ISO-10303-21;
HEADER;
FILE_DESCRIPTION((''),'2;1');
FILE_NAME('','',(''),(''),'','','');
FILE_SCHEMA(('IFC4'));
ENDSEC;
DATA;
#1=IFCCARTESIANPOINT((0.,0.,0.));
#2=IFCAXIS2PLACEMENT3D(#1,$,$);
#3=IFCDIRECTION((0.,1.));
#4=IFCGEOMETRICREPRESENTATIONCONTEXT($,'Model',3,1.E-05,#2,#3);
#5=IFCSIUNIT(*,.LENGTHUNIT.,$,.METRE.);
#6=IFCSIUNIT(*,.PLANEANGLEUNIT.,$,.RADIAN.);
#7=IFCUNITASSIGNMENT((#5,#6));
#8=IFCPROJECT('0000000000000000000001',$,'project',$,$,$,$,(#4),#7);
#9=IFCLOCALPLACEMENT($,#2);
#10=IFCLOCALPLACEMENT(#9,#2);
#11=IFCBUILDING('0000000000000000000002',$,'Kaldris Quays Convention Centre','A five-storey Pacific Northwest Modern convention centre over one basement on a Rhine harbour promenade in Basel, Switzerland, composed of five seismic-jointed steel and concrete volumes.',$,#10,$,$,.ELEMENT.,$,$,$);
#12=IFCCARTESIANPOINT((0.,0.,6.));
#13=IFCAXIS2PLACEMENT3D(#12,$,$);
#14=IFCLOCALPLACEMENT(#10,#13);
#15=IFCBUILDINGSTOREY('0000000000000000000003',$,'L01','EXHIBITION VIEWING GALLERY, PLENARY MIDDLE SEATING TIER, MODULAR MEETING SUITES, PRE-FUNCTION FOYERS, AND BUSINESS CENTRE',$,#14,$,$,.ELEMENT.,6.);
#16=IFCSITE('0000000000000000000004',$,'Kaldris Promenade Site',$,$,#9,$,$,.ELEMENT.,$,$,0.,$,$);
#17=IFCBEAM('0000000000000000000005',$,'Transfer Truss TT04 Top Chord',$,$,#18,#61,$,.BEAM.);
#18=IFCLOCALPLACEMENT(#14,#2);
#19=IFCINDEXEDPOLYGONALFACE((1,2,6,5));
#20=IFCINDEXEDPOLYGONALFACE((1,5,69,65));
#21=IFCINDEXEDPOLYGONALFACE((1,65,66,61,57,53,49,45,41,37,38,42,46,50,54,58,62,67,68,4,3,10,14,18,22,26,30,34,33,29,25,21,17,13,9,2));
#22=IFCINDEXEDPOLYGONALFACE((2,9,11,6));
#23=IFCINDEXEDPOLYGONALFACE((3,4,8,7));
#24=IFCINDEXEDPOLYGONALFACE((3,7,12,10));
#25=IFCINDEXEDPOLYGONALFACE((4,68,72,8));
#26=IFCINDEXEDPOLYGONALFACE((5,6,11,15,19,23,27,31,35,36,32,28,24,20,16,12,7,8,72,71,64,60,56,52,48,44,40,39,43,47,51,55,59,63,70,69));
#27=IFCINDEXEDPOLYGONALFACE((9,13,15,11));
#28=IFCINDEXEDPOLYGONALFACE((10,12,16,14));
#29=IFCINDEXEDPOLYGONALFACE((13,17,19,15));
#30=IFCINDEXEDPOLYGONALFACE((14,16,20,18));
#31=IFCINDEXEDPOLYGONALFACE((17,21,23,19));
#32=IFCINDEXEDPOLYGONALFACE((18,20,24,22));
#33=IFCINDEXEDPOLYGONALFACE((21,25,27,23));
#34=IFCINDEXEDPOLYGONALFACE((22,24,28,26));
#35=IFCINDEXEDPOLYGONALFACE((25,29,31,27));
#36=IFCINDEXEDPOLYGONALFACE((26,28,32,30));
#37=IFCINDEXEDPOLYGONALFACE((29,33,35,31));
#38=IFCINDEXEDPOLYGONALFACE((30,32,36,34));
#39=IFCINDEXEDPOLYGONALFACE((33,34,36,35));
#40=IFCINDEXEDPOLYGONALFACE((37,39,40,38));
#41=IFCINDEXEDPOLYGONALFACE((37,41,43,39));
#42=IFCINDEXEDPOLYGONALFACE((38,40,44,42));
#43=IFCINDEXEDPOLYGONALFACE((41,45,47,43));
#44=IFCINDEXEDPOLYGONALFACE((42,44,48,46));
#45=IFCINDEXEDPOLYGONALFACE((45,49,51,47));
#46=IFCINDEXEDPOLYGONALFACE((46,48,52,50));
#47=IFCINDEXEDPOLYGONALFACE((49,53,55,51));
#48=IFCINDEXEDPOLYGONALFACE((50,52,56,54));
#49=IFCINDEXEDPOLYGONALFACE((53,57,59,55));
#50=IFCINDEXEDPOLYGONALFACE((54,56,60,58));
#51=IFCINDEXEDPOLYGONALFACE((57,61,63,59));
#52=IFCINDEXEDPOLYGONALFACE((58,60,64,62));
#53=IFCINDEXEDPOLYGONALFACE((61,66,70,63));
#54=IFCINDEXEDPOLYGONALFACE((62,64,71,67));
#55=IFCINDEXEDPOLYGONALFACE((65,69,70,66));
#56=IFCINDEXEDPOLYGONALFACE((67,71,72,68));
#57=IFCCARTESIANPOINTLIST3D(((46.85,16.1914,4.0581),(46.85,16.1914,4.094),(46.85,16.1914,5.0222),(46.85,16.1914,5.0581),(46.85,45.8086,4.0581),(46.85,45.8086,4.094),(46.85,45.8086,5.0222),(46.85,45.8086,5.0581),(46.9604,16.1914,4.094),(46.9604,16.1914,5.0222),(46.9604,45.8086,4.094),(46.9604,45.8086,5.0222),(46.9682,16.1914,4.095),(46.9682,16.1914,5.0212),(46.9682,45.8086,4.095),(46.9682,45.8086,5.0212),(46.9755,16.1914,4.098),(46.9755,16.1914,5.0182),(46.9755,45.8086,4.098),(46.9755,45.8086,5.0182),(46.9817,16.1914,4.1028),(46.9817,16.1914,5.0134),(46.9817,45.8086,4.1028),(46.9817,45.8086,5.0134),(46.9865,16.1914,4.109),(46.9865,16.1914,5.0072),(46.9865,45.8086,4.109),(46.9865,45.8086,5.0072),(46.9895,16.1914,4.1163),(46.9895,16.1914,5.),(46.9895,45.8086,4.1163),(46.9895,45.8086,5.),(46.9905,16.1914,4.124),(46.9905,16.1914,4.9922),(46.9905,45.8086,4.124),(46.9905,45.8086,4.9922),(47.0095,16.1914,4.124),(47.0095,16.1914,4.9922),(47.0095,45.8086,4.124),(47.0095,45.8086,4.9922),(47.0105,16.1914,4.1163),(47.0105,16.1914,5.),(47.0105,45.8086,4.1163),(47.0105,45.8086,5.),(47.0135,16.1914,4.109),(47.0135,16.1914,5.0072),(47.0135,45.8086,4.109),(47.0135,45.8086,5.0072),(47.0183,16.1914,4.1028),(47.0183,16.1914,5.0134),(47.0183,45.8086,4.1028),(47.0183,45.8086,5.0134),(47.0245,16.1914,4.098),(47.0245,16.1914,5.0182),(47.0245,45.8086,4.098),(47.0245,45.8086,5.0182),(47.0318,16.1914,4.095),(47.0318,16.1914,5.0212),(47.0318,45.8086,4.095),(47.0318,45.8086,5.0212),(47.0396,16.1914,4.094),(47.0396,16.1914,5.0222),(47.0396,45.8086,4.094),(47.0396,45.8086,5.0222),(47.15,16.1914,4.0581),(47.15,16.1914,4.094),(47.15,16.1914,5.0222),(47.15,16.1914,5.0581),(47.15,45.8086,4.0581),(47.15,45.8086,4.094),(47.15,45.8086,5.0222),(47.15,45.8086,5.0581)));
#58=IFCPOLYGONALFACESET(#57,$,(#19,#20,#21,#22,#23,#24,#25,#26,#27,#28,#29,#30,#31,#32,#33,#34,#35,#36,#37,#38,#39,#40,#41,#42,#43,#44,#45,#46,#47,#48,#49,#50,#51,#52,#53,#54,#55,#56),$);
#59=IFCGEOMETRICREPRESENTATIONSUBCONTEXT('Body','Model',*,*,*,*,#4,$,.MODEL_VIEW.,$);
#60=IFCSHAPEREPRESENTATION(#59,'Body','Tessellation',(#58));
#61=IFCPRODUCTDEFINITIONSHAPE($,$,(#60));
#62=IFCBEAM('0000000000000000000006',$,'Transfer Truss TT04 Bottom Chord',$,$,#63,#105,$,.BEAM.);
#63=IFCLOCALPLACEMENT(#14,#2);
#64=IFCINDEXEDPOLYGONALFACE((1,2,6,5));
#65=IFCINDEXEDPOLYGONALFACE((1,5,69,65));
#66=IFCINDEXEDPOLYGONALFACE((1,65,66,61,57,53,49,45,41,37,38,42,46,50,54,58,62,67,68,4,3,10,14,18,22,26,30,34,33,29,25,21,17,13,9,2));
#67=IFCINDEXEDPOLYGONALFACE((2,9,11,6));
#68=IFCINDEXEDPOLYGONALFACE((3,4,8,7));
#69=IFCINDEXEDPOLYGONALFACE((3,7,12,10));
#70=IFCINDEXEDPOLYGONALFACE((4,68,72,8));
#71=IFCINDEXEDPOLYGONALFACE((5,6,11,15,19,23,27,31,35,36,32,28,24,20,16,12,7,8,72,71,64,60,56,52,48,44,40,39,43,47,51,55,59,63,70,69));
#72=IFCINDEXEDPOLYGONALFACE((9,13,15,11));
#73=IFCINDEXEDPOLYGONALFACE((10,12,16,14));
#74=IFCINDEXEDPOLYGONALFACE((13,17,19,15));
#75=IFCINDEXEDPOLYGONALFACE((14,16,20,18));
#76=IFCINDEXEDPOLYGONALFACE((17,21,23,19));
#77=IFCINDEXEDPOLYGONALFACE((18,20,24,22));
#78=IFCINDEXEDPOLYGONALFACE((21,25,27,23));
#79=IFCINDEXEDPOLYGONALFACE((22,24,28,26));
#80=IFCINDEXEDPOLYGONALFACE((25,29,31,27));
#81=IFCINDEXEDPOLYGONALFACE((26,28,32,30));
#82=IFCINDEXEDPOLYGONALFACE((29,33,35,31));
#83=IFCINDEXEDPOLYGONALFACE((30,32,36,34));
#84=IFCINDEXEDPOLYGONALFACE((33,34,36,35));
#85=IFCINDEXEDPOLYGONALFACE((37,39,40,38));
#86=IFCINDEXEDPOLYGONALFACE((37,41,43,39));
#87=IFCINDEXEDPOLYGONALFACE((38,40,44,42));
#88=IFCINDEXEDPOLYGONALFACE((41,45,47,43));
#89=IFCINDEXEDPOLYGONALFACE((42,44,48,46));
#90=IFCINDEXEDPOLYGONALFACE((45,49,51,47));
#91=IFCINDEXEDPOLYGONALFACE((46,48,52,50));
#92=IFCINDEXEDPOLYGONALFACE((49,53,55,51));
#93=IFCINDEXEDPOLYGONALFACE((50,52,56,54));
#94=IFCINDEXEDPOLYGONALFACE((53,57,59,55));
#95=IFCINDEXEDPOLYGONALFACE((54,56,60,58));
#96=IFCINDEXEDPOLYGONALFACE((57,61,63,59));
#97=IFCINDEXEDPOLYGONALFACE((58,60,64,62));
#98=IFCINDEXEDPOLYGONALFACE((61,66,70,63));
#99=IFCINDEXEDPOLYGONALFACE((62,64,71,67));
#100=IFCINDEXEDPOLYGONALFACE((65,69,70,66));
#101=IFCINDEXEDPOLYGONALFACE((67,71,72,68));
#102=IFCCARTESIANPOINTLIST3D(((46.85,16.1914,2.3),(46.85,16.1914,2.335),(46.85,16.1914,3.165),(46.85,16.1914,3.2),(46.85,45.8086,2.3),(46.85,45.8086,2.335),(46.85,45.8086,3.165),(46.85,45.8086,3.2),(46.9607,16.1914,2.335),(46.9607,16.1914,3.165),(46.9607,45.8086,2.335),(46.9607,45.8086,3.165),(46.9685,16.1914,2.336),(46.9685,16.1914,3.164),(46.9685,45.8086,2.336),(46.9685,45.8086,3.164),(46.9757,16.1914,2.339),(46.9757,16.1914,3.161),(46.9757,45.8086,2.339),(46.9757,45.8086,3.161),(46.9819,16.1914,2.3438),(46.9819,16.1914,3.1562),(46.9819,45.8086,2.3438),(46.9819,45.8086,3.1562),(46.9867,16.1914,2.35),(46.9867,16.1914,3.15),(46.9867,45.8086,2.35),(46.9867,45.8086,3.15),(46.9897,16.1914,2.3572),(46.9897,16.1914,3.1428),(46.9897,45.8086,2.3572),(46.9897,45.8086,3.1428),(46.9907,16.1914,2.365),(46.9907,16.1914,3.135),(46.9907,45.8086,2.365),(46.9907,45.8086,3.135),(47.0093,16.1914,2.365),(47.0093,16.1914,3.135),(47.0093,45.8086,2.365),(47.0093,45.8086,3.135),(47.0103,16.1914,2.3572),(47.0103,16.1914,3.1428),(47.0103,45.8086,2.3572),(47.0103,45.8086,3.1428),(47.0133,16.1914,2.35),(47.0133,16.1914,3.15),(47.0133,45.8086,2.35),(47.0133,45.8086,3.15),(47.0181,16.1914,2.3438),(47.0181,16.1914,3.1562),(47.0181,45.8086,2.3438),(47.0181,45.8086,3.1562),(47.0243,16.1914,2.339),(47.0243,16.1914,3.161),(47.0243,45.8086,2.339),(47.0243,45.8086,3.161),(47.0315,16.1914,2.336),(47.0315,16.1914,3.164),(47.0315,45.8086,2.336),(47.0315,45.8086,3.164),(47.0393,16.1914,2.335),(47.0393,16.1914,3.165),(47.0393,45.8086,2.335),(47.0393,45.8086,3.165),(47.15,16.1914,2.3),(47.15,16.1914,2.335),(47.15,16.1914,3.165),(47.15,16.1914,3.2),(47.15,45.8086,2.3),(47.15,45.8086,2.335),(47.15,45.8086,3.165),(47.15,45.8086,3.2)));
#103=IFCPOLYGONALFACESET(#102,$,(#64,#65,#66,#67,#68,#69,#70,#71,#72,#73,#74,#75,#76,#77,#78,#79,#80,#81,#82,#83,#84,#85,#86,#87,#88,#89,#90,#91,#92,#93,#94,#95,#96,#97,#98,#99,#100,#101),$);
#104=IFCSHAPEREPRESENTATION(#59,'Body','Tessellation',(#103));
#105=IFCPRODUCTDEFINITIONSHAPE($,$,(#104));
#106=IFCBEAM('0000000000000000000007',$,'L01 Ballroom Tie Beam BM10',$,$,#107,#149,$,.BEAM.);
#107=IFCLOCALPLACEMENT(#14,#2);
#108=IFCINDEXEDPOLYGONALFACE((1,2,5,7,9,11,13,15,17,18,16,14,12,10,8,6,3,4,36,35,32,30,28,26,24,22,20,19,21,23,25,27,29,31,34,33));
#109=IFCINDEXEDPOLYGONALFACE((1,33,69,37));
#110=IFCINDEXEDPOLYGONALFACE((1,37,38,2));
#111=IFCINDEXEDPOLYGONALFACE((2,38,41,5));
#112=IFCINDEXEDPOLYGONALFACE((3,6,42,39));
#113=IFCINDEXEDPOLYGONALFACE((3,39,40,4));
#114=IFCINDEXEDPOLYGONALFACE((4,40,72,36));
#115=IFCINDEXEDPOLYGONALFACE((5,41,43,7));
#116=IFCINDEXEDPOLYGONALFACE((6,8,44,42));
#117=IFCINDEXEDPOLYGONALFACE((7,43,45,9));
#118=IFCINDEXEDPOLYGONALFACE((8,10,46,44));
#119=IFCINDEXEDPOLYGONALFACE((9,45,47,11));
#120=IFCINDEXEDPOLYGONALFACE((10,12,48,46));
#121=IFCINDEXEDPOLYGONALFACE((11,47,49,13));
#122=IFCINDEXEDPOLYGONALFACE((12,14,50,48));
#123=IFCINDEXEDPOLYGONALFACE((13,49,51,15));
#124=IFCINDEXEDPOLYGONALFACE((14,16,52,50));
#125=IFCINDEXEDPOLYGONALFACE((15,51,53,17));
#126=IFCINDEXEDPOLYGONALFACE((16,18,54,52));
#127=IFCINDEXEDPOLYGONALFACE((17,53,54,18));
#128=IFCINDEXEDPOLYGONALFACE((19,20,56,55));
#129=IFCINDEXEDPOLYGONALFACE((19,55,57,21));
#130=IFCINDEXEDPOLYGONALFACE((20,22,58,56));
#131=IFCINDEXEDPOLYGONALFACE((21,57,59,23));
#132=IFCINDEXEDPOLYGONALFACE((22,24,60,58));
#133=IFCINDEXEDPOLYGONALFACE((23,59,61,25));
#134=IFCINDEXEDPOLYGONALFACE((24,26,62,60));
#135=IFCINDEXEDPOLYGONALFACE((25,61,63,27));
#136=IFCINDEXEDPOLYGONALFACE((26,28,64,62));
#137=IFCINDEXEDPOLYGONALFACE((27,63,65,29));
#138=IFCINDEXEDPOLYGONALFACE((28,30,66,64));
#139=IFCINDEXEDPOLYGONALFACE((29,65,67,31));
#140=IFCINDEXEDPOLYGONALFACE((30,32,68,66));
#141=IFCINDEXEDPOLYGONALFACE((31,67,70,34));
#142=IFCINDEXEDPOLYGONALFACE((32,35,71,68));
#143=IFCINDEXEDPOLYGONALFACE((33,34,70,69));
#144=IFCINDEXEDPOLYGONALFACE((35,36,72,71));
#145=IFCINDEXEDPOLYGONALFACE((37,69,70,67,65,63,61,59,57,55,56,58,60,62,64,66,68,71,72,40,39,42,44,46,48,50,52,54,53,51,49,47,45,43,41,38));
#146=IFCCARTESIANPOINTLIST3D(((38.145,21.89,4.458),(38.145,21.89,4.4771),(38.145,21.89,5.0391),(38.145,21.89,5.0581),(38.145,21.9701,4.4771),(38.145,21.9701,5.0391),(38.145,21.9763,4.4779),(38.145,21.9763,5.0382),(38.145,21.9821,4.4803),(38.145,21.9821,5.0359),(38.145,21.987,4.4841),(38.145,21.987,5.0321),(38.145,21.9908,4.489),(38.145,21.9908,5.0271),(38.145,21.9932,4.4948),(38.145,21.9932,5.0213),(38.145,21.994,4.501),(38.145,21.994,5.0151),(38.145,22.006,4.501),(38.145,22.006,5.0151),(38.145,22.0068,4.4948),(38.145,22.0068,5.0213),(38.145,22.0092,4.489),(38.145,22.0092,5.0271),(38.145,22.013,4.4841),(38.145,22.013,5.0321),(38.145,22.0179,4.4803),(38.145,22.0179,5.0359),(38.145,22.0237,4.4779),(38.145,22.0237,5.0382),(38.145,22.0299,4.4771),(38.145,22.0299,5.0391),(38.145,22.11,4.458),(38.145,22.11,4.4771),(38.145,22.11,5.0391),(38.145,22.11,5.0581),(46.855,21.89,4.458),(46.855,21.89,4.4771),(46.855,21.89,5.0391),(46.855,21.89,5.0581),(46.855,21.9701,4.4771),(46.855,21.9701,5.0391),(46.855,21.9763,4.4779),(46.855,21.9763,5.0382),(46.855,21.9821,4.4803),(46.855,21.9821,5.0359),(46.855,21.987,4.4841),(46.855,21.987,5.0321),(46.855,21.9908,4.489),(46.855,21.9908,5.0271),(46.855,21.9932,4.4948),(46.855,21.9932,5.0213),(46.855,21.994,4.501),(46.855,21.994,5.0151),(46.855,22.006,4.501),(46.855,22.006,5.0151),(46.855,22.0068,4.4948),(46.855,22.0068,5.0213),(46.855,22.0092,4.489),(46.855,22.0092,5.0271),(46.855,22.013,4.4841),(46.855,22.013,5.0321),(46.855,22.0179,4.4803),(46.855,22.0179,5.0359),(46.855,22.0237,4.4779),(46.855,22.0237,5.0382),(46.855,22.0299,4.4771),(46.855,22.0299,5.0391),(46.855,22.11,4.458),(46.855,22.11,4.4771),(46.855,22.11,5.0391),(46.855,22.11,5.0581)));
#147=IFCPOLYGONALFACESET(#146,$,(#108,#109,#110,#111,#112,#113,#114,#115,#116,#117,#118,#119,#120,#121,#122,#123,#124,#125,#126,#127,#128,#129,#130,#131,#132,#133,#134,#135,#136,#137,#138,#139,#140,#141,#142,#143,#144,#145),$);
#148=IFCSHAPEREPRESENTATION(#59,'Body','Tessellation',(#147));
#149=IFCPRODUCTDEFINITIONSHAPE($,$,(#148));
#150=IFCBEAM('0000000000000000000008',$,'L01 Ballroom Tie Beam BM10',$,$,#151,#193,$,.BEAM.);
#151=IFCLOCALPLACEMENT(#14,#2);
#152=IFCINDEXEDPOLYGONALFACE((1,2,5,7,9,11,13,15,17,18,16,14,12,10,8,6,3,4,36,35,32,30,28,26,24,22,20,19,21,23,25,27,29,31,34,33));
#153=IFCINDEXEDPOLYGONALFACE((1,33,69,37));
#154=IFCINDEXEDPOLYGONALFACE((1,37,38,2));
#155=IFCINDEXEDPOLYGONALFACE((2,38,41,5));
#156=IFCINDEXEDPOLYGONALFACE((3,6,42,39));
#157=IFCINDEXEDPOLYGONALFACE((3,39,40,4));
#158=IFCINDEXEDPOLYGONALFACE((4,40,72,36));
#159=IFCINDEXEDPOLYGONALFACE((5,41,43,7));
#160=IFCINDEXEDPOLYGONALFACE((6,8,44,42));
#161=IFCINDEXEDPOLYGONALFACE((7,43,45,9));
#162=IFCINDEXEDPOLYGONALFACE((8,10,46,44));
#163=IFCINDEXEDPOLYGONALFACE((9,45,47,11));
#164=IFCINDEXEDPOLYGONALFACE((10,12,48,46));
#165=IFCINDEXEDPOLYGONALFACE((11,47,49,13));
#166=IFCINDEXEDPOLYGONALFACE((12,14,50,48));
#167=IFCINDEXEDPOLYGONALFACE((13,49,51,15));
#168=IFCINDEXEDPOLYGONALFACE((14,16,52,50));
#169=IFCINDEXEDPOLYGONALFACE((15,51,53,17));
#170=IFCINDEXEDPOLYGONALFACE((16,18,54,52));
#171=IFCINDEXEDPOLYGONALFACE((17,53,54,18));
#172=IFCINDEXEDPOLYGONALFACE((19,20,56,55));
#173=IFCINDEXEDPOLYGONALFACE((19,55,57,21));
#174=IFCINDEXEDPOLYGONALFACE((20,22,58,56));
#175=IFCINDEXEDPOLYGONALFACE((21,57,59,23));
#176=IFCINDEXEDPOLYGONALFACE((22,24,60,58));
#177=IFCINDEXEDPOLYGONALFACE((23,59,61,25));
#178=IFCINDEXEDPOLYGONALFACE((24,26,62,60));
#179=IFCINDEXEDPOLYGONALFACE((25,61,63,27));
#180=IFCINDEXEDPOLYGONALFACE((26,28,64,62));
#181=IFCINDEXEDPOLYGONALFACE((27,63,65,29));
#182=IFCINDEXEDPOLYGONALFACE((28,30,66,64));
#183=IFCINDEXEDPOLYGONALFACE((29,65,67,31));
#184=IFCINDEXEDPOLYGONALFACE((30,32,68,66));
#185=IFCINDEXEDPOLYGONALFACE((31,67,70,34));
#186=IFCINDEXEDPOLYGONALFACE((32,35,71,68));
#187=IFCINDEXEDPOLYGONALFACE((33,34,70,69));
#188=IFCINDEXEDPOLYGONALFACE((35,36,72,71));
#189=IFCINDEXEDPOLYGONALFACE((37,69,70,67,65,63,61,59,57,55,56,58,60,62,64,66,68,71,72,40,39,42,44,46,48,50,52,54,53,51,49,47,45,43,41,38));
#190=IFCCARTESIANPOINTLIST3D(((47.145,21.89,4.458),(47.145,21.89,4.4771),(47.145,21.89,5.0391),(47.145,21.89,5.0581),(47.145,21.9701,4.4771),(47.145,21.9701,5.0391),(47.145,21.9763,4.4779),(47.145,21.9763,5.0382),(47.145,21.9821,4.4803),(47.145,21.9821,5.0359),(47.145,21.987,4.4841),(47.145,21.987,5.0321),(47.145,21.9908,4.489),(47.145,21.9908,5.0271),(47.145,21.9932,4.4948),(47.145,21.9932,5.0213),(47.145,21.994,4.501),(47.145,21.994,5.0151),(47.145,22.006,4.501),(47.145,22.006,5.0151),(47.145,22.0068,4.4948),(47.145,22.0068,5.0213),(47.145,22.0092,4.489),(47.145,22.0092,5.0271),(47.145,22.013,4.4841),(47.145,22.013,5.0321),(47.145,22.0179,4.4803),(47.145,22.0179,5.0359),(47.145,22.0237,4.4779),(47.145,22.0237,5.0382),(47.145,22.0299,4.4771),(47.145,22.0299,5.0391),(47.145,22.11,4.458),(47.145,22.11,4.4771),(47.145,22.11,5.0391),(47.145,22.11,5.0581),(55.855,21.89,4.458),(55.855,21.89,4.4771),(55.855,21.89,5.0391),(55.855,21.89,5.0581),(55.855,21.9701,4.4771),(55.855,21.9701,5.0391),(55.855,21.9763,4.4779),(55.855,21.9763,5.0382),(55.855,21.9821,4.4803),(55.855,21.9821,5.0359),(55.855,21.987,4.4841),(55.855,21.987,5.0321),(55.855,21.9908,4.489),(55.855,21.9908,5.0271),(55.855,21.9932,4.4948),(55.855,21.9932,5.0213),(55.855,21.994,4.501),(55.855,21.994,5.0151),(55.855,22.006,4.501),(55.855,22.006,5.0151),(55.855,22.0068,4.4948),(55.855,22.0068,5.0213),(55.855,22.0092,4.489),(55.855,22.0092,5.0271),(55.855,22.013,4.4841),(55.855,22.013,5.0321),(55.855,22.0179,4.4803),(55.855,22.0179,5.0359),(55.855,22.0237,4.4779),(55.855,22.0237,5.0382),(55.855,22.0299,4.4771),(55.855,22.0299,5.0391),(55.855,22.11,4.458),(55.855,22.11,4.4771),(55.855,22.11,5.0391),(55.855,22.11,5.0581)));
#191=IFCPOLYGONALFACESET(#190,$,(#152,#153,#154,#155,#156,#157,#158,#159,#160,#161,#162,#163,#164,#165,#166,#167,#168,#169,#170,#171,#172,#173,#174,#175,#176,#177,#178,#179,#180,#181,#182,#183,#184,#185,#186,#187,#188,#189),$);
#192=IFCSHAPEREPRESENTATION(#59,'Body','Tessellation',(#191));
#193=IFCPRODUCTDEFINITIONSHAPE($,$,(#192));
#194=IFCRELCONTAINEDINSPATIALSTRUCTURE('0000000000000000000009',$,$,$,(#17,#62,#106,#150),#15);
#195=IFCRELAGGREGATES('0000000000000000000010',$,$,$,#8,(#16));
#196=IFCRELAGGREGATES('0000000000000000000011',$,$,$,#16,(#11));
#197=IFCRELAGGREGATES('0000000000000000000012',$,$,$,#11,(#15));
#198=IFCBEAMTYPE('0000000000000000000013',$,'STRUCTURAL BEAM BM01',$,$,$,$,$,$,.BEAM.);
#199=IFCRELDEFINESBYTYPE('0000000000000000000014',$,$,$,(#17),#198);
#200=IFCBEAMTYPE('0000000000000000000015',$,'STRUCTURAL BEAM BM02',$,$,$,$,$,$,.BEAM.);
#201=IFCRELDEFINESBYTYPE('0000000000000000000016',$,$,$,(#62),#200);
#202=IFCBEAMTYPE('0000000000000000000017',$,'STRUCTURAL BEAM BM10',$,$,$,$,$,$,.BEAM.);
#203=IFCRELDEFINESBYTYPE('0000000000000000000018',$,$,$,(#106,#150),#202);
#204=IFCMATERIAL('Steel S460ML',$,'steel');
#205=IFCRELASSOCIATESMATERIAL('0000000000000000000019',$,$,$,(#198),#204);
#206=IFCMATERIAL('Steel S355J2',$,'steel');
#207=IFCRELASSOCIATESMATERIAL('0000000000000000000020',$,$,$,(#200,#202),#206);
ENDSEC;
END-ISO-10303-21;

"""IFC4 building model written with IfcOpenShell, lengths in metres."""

from ifc_helpers import new_model, si_unit, direction, frame, origin, origin_2d, place, context, subcontext, project, spatial, i_section, extrude, material, material_profile, profile_set, type_object, element, save


model = new_model("IFC4")

# Units and contexts
model_context = context("Model", 3, precision=1e-05, world=origin(), true_north=direction((0.0, 1.0)))
body_context = subcontext(model_context, "Body", "Model", "MODEL_VIEW")
ifc_project = project(units=[si_unit("LENGTHUNIT", "METRE"), si_unit("PLANEANGLEUNIT", "RADIAN")], contexts=[model_context])

# Site, building, storey
site_placement = place(None, origin())
site = spatial("IfcSite", under=ifc_project, at=site_placement, Name="Kaldris Promenade Site", CompositionType="ELEMENT", RefElevation=0.0)
building_placement = place(site_placement, origin())
building = spatial("IfcBuilding", under=site, at=building_placement, Name="Kaldris Quays Convention Centre", Description="A five-storey Pacific Northwest Modern convention centre over one basement on a Rhine harbour promenade in Basel, Switzerland, composed of five seismic-jointed steel and concrete volumes.", CompositionType="ELEMENT")
storey_placement = place(building_placement, frame((0.0, 0.0, 6.0)))
storey = spatial("IfcBuildingStorey", under=building, at=storey_placement, Name="L01", Description="EXHIBITION VIEWING GALLERY, PLENARY MIDDLE SEATING TIER, MODULAR MEETING SUITES, PRE-FUNCTION FOYERS, AND BUSINESS CENTRE", CompositionType="ELEMENT", Elevation=6.0)

# Beams
ifc_material_1 = material(Name="Steel S460ML", Category="steel")
ifc_material_profile_1 = material_profile(ifc_material_1, i_section(OverallWidth=0.3, OverallDepth=1.0, WebThickness=0.019, FlangeThickness=0.0359, FilletRadius=0.03, at=origin_2d()), Name="HEB 1000")
ifc_profile_set_1 = profile_set([ifc_material_profile_1], Name="Steel S460ML")
beam_type_1 = type_object("IfcBeamType", Name="STRUCTURAL BEAM BM01", PredefinedType="BEAM", material=ifc_profile_set_1)
beam_1_placement = place(storey_placement, frame((47.0, 16.1914, 4.5581), z_axis=(0.0, 1.0, 0.0), x_axis=(-1.0, 0.0, 0.0)))
element("IfcBeam", 1, at=beam_1_placement, inside=storey, type_object=beam_type_1, Name="Transfer Truss TT04 Top Chord", PredefinedType="BEAM", context=body_context, shape_type="SweptSolid", body=[
    extrude(i_section(OverallWidth=0.3, OverallDepth=1.0, WebThickness=0.019, FlangeThickness=0.0359, FilletRadius=0.03, at=origin_2d()), origin(), (0.0, 0.0, 1.0), 29.6172),
])
ifc_material_2 = material(Name="Steel S355J2", Category="steel")
ifc_material_profile_2 = material_profile(ifc_material_2, i_section(OverallWidth=0.3, OverallDepth=0.8999, WebThickness=0.0186, FlangeThickness=0.0349, FilletRadius=0.03, at=origin_2d()), Name="HEB 900")
ifc_profile_set_2 = profile_set([ifc_material_profile_2], Name="Steel S355J2")
beam_type_2 = type_object("IfcBeamType", Name="STRUCTURAL BEAM BM02", PredefinedType="BEAM", material=ifc_profile_set_2)
beam_2_placement = place(storey_placement, frame((47.0, 16.1914, 2.75), z_axis=(0.0, 1.0, 0.0), x_axis=(-1.0, 0.0, 0.0)))
element("IfcBeam", 2, at=beam_2_placement, inside=storey, type_object=beam_type_2, Name="Transfer Truss TT04 Bottom Chord", PredefinedType="BEAM", context=body_context, shape_type="SweptSolid", body=[
    extrude(i_section(OverallWidth=0.3, OverallDepth=0.8999, WebThickness=0.0186, FlangeThickness=0.0349, FilletRadius=0.03, at=origin_2d()), origin(), (0.0, 0.0, 1.0), 29.6172),
])
ifc_material_profile_3 = material_profile(ifc_material_2, i_section(OverallWidth=0.22, OverallDepth=0.6001, WebThickness=0.012, FlangeThickness=0.019, FilletRadius=0.0239, at=origin_2d()), Name="IPE 600")
ifc_profile_set_3 = profile_set([ifc_material_profile_3], Name="Steel S355J2")
beam_type_3 = type_object("IfcBeamType", Name="STRUCTURAL BEAM BM10", PredefinedType="BEAM", material=ifc_profile_set_3)
for number, where, z_axis, x_axis, name in (
    (3, (38.145, 22.0, 4.7581), (1.0, 0.0, 0.0), (0.0, 1.0, 0.0), "L01 Ballroom Tie Beam BM10"),
    (4, (47.145, 22.0, 4.7581), (1.0, 0.0, 0.0), (0.0, 1.0, 0.0), "L01 Ballroom Tie Beam BM10"),
):
    element("IfcBeam", number, at=place(storey_placement, frame(where, z_axis=z_axis, x_axis=x_axis)), inside=storey, type_object=beam_type_3, Name=name, PredefinedType="BEAM", context=body_context, shape_type="SweptSolid", body=[
        extrude(i_section(OverallWidth=0.22, OverallDepth=0.6001, WebThickness=0.012, FlangeThickness=0.019, FilletRadius=0.0239, at=origin_2d()), origin(), (0.0, 0.0, 1.0), 8.71),
    ])

save(model, "model.ifc")
